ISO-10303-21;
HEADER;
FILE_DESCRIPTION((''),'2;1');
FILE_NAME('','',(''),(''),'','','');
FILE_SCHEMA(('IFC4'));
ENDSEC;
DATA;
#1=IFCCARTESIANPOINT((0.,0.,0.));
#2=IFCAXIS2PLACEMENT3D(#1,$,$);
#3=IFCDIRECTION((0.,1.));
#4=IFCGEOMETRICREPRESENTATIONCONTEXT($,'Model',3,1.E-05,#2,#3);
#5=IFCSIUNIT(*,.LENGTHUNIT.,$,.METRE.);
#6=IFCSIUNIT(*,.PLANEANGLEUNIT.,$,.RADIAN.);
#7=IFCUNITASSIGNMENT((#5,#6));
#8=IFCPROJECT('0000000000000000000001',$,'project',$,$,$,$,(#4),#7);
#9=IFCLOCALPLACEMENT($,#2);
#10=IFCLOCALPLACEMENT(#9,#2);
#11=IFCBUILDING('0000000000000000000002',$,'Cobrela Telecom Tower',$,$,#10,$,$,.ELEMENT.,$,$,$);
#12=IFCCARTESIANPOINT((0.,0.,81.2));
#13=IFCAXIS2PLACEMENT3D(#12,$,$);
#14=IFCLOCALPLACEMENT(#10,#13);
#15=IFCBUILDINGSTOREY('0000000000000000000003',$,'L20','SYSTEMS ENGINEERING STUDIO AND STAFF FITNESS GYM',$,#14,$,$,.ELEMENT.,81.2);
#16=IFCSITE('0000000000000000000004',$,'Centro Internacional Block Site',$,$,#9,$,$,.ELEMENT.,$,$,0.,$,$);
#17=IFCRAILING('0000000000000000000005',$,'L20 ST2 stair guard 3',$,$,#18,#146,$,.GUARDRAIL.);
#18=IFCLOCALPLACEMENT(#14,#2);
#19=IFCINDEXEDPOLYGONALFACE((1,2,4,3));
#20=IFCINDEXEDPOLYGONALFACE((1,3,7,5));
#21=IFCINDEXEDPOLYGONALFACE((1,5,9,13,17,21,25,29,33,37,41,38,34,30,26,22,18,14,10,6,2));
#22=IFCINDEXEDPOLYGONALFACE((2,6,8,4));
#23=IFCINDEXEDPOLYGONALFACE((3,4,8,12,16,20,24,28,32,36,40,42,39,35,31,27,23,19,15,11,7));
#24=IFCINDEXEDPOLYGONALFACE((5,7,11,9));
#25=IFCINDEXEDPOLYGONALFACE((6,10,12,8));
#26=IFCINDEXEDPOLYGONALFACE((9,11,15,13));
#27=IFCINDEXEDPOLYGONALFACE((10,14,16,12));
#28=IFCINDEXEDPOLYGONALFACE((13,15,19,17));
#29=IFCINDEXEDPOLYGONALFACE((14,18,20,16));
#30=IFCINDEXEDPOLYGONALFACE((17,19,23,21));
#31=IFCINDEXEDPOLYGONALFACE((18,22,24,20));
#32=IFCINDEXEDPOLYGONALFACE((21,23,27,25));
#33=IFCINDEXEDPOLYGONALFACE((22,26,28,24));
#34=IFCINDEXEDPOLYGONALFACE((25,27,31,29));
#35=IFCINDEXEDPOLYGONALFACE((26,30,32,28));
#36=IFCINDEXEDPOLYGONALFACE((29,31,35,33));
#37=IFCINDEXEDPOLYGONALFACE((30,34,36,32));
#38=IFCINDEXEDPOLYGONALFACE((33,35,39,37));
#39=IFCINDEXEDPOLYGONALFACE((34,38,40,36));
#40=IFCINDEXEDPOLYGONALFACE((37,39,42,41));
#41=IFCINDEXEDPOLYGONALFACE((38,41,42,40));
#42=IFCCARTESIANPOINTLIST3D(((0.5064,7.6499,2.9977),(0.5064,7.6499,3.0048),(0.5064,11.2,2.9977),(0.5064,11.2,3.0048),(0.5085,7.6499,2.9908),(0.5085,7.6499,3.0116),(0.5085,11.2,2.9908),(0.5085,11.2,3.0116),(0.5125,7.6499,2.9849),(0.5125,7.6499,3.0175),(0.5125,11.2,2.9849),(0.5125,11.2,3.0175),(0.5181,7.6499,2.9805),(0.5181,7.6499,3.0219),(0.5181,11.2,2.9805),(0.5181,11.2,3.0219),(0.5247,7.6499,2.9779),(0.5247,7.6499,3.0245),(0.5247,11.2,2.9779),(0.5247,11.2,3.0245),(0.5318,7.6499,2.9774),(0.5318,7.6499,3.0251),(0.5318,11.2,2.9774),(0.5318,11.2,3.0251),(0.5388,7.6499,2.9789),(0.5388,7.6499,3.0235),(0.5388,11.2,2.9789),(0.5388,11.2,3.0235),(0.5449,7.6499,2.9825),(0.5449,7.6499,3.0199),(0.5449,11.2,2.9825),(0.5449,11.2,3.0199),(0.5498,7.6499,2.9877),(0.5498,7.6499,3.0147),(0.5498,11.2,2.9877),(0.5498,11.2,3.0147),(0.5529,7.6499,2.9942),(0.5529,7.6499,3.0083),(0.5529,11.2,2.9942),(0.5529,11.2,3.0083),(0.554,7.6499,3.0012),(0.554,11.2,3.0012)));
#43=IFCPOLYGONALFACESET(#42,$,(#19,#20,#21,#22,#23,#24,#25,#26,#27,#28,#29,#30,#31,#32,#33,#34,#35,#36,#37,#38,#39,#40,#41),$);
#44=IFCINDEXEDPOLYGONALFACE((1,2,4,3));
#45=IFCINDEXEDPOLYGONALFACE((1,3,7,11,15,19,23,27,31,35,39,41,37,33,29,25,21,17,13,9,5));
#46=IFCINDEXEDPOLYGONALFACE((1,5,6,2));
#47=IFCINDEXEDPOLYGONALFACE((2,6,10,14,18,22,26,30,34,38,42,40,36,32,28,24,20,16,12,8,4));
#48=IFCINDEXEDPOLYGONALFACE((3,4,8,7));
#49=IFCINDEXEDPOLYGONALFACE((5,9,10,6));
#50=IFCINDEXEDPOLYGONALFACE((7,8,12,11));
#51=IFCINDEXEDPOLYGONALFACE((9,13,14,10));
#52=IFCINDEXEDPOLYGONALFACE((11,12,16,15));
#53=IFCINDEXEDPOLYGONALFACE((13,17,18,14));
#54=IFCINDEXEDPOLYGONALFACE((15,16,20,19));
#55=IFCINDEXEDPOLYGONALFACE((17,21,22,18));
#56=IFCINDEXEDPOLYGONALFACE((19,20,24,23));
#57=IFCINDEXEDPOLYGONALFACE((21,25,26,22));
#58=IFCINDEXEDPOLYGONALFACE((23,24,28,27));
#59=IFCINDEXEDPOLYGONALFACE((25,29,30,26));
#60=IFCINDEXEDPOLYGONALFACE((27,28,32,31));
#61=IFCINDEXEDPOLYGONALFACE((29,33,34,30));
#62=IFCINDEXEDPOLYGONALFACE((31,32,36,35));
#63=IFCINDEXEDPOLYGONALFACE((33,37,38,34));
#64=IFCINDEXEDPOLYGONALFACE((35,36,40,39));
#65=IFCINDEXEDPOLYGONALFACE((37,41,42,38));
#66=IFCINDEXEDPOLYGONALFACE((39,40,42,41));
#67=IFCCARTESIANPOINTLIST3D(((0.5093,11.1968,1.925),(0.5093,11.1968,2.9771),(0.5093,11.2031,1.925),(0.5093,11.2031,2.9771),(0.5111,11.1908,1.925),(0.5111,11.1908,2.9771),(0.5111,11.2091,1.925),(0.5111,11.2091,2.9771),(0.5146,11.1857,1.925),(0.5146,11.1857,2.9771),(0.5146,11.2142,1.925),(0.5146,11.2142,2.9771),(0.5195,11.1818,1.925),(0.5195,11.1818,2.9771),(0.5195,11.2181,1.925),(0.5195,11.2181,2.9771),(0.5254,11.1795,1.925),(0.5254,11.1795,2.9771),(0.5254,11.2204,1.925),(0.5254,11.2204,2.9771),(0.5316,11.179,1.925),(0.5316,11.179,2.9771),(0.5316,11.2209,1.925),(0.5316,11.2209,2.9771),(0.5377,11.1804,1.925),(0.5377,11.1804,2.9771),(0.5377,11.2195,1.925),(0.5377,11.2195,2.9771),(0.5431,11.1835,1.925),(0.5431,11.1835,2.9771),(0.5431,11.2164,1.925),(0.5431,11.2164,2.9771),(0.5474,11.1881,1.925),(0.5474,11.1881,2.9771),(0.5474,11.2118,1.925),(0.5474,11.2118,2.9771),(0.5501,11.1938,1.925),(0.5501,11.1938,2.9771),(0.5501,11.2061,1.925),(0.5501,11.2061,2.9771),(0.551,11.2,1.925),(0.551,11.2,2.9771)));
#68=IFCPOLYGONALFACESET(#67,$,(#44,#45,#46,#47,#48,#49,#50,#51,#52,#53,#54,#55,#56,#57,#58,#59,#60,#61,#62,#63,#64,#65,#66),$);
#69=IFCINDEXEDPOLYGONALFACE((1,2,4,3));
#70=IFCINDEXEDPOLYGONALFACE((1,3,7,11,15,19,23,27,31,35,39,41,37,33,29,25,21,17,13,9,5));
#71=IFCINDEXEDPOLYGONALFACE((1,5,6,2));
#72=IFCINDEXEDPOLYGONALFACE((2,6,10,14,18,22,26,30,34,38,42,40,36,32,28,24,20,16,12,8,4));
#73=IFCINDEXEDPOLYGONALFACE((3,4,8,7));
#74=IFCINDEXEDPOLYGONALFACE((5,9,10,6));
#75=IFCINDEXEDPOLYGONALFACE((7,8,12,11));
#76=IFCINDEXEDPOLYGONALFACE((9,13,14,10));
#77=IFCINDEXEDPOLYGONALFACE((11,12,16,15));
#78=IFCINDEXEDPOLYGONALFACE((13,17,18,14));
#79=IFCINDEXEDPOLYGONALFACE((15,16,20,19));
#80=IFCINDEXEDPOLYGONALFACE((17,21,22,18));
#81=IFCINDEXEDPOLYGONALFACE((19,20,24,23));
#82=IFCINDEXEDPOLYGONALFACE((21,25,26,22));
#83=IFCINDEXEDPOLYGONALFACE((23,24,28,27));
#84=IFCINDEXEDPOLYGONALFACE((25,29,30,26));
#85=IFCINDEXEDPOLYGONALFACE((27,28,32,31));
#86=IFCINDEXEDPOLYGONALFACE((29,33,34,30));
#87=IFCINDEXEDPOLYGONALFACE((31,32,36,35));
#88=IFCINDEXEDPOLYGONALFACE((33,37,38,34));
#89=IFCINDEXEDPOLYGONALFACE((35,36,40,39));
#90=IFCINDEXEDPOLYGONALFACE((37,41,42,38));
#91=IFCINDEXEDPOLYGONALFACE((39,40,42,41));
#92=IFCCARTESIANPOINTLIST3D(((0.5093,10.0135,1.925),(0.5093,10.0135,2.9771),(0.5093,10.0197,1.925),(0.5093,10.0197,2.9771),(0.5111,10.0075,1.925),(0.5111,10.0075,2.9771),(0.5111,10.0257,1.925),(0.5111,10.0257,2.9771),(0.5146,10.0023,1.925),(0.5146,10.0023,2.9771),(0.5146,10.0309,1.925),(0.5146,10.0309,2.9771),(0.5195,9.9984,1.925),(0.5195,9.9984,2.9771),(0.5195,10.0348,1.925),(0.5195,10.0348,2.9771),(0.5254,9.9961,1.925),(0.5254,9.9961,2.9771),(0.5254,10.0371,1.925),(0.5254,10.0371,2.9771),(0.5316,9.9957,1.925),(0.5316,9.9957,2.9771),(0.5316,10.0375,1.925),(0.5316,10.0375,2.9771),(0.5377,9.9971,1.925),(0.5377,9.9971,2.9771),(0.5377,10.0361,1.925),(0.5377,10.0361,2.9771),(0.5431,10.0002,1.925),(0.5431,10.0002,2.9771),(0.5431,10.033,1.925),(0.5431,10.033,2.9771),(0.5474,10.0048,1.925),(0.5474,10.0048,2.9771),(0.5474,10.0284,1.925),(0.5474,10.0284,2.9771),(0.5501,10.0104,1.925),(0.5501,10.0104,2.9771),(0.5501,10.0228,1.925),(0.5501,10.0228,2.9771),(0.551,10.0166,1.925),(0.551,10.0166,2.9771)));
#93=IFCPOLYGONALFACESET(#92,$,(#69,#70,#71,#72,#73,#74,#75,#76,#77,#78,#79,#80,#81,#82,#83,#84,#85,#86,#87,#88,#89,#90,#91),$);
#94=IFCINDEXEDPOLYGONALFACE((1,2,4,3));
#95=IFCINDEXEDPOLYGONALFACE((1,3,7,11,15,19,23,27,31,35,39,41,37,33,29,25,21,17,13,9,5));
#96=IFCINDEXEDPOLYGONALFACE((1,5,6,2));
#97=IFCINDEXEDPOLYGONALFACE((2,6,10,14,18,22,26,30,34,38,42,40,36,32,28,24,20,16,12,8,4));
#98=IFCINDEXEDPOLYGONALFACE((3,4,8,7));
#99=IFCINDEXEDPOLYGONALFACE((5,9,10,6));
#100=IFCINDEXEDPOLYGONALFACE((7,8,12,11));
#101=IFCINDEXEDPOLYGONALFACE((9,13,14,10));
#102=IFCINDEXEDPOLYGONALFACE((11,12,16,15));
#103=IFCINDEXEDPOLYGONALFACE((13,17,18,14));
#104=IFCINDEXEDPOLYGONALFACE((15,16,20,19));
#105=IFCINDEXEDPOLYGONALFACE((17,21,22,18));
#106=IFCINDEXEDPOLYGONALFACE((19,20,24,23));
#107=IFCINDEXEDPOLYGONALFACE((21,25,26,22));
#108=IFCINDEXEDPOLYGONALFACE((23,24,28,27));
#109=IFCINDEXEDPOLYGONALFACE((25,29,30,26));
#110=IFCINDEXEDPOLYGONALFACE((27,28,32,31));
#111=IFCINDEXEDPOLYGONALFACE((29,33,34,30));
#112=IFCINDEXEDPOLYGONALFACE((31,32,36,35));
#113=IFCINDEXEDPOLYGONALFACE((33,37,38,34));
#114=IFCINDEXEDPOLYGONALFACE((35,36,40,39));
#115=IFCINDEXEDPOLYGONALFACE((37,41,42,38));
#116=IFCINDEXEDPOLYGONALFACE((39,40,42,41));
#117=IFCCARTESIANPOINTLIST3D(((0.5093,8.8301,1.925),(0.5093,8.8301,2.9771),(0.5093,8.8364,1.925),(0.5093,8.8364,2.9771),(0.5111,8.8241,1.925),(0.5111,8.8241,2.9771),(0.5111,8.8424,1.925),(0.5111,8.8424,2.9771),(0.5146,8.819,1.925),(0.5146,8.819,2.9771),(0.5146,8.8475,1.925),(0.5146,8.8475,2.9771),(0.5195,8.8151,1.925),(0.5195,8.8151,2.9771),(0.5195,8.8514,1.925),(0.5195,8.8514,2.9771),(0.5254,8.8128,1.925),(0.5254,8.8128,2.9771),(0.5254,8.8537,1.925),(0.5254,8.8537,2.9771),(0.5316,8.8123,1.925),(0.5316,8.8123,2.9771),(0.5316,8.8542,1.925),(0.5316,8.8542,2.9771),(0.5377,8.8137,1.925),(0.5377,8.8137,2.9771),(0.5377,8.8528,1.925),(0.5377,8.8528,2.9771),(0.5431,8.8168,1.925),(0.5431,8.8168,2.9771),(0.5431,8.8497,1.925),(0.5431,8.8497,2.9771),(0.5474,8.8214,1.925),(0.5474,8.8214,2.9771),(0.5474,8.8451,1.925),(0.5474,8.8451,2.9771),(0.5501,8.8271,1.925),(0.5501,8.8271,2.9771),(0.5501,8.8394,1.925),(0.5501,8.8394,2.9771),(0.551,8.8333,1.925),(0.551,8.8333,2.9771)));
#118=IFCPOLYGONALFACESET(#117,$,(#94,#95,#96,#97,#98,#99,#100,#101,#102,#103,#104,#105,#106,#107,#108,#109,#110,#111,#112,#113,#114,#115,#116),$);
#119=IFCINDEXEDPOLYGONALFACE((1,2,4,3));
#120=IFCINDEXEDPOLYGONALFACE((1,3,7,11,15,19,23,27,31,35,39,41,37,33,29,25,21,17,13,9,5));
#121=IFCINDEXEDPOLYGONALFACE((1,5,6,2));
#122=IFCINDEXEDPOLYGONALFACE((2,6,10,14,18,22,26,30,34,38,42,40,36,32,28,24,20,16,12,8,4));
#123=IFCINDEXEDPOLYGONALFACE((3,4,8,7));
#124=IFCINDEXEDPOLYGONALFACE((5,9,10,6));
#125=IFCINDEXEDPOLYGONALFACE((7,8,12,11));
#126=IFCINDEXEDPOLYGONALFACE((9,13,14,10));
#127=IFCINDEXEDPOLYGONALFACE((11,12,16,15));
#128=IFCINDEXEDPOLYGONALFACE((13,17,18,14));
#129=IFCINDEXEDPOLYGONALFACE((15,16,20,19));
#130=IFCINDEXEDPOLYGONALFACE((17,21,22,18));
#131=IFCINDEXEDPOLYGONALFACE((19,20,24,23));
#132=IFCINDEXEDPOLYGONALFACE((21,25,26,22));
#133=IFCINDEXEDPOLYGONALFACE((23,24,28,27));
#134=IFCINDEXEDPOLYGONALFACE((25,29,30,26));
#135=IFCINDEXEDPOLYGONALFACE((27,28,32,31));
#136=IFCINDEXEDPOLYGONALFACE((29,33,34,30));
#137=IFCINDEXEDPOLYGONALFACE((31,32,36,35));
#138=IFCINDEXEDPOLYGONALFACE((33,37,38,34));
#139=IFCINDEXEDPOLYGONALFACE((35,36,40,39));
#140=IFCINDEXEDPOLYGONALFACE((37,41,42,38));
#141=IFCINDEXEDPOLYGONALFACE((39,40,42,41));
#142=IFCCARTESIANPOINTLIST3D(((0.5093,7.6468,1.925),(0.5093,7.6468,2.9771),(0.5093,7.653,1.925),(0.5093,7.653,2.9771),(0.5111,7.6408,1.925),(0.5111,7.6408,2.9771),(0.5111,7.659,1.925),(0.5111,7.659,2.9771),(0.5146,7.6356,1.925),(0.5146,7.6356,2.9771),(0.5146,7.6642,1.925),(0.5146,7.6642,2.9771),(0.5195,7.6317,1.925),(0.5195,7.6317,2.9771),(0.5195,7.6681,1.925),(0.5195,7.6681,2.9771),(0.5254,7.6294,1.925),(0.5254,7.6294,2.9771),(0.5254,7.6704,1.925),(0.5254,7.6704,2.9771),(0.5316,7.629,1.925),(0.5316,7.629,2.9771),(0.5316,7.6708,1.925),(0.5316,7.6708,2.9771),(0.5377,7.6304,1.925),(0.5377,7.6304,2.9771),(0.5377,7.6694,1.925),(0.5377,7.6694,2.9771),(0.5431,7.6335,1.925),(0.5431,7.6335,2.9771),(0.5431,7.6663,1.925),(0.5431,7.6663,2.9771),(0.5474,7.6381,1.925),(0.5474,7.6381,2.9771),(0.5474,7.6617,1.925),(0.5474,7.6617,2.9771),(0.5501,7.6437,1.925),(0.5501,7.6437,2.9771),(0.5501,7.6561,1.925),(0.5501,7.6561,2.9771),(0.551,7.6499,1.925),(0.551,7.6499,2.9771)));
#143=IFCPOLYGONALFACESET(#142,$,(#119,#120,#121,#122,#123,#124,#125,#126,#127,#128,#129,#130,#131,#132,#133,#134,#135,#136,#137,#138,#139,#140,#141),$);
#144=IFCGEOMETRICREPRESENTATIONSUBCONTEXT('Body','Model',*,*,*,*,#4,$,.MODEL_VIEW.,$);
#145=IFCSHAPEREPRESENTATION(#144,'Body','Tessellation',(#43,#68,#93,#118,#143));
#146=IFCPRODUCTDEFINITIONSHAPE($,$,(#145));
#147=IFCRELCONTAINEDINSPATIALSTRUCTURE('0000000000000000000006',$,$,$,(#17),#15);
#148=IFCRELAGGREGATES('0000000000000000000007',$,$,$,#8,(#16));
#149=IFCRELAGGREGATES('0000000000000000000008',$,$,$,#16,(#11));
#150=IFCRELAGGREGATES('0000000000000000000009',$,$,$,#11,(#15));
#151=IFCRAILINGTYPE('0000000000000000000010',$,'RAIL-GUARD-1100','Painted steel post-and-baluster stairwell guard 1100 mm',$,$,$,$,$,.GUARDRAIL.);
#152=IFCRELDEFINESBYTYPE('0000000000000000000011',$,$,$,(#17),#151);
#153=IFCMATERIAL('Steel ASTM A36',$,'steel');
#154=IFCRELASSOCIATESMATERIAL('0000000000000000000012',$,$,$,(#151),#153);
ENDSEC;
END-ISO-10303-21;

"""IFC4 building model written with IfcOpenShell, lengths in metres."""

from ifc_helpers import new_model, si_unit, direction, frame, origin, origin_2d, place, context, subcontext, project, spatial, circle, extrude, material, type_object, element, save


model = new_model("IFC4")

# Units and contexts
model_context = context("Model", 3, precision=1e-05, world=origin(), true_north=direction((0.0, 1.0)))
body_context = subcontext(model_context, "Body", "Model", "MODEL_VIEW")
ifc_project = project(units=[si_unit("LENGTHUNIT", "METRE"), si_unit("PLANEANGLEUNIT", "RADIAN")], contexts=[model_context])

# Site, building, storey
site_placement = place(None, origin())
site = spatial("IfcSite", under=ifc_project, at=site_placement, Name="Centro Internacional Block Site", CompositionType="ELEMENT", RefElevation=0.0)
building_placement = place(site_placement, origin())
building = spatial("IfcBuilding", under=site, at=building_placement, Name="Cobrela Telecom Tower", CompositionType="ELEMENT")
storey_placement = place(building_placement, frame((0.0, 0.0, 81.2)))
storey = spatial("IfcBuildingStorey", under=building, at=storey_placement, Name="L20", Description="SYSTEMS ENGINEERING STUDIO AND STAFF FITNESS GYM", CompositionType="ELEMENT", Elevation=81.2)

# Railing
ifc_material_1 = material(Name="Steel ASTM A36", Category="steel")
railing_type_1 = type_object("IfcRailingType", Name="RAIL-GUARD-1100", Description="Painted steel post-and-baluster stairwell guard 1100 mm", PredefinedType="GUARDRAIL", material=ifc_material_1)
railing_1_placement = place(storey_placement, frame((0.53, 11.2, 1.925)))
element("IfcRailing", 1, at=railing_1_placement, inside=storey, type_object=railing_type_1, Name="L20 ST2 stair guard 3", PredefinedType="GUARDRAIL", context=body_context, shape_type="SweptSolid", body=[
    extrude(circle(Radius=0.0239, at=origin_2d()), frame((0.0, 0.0, 1.0762), z_axis=(0.0, -1.0, 0.0), x_axis=(1.0, 0.0, 0.0)), (0.0, 0.0, 1.0), 3.55),
    extrude(circle(Radius=0.021, at=origin_2d()), origin(), (0.0, 0.0, 1.0), 1.052),
    extrude(circle(Radius=0.021, at=origin_2d()), frame((0.0, -1.1833, 0.0)), (0.0, 0.0, 1.0), 1.052),
    extrude(circle(Radius=0.021, at=origin_2d()), frame((0.0, -2.3667, 0.0)), (0.0, 0.0, 1.0), 1.052),
    extrude(circle(Radius=0.021, at=origin_2d()), frame((0.0, -3.55, 0.0)), (0.0, 0.0, 1.0), 1.052),
])

save(model, "model.ifc")
